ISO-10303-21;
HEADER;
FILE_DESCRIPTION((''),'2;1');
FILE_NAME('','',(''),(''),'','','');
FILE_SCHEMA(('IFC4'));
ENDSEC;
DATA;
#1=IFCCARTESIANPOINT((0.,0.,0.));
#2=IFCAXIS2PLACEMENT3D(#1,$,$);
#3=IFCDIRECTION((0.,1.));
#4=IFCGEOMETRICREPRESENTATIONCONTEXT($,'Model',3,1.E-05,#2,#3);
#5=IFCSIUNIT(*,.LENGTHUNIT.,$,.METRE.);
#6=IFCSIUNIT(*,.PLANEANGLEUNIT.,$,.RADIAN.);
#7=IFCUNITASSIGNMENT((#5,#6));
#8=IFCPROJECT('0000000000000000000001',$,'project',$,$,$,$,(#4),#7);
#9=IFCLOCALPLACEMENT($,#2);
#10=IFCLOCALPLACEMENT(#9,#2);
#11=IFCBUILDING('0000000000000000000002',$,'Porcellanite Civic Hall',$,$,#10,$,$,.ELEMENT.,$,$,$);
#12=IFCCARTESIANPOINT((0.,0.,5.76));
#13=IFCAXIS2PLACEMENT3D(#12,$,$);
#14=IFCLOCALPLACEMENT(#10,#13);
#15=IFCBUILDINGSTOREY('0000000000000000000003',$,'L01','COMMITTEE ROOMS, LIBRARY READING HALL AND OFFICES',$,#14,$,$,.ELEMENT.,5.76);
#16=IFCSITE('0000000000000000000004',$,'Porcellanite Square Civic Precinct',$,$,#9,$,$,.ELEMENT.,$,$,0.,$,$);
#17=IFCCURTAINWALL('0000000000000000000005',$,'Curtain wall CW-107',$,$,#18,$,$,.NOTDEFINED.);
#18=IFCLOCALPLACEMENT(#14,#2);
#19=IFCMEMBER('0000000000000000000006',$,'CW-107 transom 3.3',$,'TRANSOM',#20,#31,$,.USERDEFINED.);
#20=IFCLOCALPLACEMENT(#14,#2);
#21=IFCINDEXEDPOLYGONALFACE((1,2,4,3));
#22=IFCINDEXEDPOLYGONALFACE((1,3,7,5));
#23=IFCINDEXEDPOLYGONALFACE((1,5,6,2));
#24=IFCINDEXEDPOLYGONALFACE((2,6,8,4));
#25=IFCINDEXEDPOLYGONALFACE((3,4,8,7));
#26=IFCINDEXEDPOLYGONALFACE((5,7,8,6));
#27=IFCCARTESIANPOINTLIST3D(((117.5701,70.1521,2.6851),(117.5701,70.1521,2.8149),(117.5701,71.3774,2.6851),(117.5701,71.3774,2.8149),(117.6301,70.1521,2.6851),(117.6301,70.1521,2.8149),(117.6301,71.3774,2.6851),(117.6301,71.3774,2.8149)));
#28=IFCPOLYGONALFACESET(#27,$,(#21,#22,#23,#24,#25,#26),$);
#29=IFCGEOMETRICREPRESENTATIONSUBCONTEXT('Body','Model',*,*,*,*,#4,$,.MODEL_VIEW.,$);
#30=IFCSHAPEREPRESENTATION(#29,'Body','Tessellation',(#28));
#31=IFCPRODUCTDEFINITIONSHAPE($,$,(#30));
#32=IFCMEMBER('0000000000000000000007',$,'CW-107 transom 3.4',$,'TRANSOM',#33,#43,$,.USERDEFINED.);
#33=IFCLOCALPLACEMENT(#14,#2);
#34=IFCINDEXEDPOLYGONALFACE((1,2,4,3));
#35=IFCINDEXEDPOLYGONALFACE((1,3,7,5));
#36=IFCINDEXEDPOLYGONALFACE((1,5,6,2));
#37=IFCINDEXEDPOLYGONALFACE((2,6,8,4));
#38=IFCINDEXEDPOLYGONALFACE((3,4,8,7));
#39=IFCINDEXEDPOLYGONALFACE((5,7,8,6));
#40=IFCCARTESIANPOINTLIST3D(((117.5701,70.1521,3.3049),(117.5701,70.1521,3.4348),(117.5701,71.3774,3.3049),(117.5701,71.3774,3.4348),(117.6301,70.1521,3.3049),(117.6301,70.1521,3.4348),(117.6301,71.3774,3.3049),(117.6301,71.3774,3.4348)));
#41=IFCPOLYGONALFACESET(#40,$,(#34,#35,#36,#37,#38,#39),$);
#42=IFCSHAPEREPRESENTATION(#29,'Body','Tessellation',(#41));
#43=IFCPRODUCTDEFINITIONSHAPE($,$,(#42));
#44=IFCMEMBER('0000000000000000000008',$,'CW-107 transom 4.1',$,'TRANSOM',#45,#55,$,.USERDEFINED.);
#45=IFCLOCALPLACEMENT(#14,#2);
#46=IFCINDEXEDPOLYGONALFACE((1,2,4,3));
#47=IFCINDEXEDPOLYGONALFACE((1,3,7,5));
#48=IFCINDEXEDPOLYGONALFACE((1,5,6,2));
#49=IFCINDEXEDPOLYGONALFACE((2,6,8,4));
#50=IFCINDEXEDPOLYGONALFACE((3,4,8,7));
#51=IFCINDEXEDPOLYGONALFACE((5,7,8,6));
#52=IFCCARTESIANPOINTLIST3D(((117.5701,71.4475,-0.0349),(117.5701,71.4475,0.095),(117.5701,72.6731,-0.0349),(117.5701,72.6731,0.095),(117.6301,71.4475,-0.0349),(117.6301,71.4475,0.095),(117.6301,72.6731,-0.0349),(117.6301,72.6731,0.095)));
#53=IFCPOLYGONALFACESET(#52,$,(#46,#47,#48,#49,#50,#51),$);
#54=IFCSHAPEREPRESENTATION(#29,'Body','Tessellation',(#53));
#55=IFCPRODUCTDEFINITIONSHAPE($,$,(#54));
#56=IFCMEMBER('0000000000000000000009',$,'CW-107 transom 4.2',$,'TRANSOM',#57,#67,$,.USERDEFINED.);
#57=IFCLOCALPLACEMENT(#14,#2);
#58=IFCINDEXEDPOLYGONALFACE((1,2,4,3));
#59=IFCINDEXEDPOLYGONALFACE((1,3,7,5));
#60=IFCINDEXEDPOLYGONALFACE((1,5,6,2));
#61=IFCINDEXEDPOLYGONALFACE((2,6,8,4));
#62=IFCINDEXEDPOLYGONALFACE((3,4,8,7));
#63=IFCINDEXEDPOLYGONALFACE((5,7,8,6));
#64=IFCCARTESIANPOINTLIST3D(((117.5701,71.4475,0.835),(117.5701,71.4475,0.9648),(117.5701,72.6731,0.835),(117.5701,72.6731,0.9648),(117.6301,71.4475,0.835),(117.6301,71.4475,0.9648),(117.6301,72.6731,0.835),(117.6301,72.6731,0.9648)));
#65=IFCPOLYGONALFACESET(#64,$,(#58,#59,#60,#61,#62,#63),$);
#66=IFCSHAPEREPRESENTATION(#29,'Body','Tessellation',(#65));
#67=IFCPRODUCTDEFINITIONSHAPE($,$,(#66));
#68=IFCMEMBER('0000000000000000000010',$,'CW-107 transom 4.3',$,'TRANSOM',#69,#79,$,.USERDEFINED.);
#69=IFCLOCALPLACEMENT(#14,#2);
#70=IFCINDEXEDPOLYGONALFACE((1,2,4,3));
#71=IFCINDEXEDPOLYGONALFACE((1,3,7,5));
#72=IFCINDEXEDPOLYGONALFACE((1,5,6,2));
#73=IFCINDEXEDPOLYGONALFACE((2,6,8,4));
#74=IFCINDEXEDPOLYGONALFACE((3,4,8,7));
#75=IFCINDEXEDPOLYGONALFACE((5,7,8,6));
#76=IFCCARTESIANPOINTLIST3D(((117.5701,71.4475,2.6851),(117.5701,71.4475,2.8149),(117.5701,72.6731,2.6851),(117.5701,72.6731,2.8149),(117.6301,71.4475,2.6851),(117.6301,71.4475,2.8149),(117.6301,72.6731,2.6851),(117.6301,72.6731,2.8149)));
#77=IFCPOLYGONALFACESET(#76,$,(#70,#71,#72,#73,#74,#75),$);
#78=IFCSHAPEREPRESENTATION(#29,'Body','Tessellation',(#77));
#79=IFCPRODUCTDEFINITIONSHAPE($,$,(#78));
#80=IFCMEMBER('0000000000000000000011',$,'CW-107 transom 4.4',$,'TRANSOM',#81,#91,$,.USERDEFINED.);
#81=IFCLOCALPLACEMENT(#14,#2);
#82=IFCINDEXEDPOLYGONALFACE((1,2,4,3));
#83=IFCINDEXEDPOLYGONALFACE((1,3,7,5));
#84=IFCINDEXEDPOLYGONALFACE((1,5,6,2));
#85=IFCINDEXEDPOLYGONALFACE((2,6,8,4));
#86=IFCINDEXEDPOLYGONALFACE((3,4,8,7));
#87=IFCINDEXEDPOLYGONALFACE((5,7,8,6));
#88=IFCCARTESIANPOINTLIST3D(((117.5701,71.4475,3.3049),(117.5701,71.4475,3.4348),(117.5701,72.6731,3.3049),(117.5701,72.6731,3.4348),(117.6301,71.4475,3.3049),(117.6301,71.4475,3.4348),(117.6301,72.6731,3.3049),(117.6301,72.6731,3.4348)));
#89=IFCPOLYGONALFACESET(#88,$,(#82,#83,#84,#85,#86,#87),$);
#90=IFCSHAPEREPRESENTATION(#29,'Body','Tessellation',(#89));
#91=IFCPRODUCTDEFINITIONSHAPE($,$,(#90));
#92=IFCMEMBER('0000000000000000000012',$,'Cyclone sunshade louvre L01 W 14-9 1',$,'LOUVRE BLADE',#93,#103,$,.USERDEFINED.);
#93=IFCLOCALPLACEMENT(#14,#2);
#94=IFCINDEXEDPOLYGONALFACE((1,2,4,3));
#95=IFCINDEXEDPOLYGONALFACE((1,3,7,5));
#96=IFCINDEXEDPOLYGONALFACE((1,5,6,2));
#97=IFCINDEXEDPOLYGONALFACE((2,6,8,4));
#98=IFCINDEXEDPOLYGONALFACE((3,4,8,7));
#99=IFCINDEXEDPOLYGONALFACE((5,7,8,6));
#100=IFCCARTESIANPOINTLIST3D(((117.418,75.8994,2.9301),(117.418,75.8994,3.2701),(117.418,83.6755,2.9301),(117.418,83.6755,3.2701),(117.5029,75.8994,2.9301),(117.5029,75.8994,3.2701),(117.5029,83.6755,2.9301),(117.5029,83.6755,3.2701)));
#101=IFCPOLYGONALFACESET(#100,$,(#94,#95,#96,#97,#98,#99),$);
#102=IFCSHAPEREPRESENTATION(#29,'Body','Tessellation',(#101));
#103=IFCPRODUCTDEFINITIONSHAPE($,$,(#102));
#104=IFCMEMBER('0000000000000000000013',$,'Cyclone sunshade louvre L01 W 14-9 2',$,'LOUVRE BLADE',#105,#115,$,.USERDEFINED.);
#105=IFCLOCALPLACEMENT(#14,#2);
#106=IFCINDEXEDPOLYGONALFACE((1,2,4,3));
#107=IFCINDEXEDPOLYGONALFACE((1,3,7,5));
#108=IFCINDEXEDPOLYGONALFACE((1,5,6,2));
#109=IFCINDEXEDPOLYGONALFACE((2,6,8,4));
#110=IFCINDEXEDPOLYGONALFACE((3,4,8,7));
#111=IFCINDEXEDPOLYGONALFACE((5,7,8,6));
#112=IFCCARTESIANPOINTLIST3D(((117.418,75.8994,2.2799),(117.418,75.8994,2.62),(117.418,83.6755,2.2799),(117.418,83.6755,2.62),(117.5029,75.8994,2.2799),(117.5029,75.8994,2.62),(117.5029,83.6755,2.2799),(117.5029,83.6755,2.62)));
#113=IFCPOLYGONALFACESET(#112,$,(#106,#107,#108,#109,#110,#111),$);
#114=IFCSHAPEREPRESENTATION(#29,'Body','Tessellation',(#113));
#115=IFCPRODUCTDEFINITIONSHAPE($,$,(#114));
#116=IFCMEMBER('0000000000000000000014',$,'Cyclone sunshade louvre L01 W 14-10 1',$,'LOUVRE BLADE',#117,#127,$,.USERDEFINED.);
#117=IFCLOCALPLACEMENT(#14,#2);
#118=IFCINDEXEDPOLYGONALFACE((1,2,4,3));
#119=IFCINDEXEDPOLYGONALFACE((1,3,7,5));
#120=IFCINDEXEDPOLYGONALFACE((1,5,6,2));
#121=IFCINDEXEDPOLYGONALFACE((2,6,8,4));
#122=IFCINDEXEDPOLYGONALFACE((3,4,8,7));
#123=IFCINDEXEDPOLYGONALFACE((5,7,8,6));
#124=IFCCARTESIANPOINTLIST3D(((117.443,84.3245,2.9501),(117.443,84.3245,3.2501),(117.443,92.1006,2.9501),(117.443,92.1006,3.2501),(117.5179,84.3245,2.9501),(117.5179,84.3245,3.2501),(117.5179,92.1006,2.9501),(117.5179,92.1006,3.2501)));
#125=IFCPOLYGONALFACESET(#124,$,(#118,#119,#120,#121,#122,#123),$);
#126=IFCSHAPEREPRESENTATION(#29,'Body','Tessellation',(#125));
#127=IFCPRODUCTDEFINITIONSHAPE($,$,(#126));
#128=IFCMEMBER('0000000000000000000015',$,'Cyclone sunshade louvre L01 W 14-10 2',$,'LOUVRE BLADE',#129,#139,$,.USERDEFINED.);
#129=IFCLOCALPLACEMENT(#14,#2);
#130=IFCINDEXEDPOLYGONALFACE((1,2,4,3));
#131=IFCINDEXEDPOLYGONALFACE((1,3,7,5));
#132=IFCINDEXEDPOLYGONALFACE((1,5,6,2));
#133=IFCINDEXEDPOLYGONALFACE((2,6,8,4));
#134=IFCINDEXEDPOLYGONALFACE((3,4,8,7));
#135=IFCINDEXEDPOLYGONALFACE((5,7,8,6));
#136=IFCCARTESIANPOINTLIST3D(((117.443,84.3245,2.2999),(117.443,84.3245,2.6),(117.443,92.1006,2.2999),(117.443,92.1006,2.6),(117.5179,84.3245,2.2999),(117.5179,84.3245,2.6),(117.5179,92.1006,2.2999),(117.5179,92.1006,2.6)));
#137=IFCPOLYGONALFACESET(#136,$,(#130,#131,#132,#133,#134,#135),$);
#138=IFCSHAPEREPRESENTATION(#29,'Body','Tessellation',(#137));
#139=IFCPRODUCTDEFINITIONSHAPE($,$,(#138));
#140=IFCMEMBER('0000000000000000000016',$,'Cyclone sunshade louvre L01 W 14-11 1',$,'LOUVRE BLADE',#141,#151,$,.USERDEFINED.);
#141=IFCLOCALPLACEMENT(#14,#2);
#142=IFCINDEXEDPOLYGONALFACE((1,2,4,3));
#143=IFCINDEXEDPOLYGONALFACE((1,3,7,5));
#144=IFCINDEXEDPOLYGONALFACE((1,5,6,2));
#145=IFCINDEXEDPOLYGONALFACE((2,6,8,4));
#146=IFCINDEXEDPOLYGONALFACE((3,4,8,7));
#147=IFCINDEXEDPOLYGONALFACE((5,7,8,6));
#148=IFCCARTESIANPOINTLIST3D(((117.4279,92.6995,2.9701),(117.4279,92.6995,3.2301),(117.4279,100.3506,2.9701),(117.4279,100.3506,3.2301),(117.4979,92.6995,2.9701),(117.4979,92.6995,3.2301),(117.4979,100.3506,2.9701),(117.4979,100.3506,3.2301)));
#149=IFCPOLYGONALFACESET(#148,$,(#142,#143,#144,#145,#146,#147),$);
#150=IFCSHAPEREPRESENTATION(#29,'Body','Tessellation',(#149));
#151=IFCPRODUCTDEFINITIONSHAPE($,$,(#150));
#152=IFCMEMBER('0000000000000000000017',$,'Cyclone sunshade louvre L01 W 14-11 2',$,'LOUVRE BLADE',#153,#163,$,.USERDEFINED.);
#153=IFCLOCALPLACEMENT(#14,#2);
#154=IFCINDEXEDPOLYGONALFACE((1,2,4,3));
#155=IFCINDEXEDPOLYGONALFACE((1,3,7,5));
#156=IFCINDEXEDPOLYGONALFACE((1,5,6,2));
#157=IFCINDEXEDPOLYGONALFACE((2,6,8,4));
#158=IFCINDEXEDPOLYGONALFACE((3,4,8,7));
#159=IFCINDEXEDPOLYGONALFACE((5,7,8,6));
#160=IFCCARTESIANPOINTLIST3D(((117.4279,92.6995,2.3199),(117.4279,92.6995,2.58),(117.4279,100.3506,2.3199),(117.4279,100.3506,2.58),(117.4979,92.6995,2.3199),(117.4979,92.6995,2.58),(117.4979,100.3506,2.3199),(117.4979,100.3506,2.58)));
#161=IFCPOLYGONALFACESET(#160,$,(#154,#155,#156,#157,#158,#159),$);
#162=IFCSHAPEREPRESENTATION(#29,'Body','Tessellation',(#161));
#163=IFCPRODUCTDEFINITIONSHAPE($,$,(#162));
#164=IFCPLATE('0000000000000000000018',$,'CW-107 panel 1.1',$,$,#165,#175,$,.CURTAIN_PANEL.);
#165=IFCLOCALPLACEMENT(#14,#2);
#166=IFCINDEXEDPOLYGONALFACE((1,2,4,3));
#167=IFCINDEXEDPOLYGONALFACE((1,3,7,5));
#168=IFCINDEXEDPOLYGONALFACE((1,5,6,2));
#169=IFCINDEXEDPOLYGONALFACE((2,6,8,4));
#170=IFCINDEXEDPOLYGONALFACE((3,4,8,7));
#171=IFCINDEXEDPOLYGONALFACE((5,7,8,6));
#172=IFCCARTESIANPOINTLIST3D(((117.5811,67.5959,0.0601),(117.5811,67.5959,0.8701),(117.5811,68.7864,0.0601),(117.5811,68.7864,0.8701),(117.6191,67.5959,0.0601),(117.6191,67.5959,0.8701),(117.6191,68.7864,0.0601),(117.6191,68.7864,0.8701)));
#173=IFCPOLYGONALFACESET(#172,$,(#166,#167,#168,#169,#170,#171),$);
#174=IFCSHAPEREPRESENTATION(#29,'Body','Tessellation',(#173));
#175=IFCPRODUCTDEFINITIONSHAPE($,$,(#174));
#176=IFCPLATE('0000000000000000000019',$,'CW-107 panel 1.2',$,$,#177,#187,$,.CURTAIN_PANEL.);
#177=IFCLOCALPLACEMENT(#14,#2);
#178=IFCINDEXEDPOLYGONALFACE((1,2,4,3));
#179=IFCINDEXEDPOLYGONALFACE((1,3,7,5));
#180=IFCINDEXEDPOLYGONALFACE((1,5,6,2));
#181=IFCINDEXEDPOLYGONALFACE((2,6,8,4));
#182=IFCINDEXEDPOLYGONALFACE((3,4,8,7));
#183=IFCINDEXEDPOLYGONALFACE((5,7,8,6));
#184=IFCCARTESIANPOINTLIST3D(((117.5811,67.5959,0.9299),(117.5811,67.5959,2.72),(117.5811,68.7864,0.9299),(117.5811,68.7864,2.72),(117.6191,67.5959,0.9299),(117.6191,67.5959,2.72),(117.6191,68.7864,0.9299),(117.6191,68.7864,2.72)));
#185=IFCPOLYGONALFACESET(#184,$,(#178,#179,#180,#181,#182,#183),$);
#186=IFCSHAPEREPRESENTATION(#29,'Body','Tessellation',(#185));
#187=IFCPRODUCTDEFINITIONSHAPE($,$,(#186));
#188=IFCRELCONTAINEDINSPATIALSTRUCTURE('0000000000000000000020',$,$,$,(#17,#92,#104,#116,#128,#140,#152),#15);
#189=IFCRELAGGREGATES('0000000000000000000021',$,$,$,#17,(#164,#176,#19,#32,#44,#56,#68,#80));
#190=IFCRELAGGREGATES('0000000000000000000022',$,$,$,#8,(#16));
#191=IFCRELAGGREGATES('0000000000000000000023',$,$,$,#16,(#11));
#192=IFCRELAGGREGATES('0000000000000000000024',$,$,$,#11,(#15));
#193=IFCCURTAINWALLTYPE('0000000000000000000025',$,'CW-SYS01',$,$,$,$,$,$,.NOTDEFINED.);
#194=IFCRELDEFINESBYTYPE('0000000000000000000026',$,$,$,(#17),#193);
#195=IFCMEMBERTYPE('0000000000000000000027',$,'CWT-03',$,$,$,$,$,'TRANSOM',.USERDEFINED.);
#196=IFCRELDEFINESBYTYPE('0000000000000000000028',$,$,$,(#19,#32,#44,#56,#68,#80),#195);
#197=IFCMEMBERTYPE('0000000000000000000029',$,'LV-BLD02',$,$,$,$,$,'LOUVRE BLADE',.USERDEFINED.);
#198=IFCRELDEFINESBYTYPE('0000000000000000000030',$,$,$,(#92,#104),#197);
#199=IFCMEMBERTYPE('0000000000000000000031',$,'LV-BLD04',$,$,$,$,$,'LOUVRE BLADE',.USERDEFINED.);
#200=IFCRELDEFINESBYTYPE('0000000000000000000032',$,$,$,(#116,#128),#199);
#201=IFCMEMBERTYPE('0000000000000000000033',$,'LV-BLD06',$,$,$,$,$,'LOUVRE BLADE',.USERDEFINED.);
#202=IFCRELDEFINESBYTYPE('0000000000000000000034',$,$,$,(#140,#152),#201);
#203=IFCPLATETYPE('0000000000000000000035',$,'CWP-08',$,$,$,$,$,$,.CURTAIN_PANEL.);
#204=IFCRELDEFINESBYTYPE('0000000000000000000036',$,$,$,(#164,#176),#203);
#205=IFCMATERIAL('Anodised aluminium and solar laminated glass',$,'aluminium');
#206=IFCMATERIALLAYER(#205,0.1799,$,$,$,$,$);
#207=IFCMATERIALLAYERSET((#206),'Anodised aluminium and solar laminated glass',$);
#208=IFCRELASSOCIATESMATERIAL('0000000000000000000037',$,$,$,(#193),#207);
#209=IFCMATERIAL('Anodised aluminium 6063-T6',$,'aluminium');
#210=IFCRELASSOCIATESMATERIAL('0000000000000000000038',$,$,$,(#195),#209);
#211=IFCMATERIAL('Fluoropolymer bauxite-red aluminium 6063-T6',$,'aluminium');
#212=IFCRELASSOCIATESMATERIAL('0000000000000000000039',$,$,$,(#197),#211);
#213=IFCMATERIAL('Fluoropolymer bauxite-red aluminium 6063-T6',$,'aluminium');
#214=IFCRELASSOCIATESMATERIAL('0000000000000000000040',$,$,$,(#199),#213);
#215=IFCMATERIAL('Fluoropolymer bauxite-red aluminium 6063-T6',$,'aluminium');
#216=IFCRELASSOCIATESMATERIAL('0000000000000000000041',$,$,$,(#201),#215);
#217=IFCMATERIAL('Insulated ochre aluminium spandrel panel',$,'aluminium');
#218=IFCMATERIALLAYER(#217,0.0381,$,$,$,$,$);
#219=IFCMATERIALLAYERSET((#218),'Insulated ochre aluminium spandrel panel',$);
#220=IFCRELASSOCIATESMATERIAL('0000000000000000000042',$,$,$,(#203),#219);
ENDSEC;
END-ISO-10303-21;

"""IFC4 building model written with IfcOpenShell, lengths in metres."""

from ifc_helpers import new_model, si_unit, direction, frame, origin, origin_2d, place, context, subcontext, project, spatial, rectangle, extrude, material, layer, layer_set, material_profile, profile_set, type_object, element, aggregate, save


model = new_model("IFC4")

# Units and contexts
model_context = context("Model", 3, precision=1e-05, world=origin(), true_north=direction((0.0, 1.0)))
body_context = subcontext(model_context, "Body", "Model", "MODEL_VIEW")
ifc_project = project(units=[si_unit("LENGTHUNIT", "METRE"), si_unit("PLANEANGLEUNIT", "RADIAN")], contexts=[model_context])

# Site, building, storey
site_placement = place(None, origin())
site = spatial("IfcSite", under=ifc_project, at=site_placement, Name="Porcellanite Square Civic Precinct", CompositionType="ELEMENT", RefElevation=0.0)
building_placement = place(site_placement, origin())
building = spatial("IfcBuilding", under=site, at=building_placement, Name="Porcellanite Civic Hall", CompositionType="ELEMENT")
storey_placement = place(building_placement, frame((0.0, 0.0, 5.76)))
storey = spatial("IfcBuildingStorey", under=building, at=storey_placement, Name="L01", Description="COMMITTEE ROOMS, LIBRARY READING HALL AND OFFICES", CompositionType="ELEMENT", Elevation=5.76)

# Curtain wall, members
ifc_material_1 = material(Name="Anodised aluminium and solar laminated glass", Category="aluminium")
ifc_layer_1 = layer(ifc_material_1, 0.1799)
ifc_layer_set_1 = layer_set([ifc_layer_1], Name="Anodised aluminium and solar laminated glass")
curtain_wall_type = type_object("IfcCurtainWallType", Name="CW-SYS01", PredefinedType="NOTDEFINED", material=ifc_layer_set_1)
curtain_wall_placement = place(storey_placement, origin())
curtain_wall = element("IfcCurtainWall", 1, at=curtain_wall_placement, inside=storey, type_object=curtain_wall_type, Name="Curtain wall CW-107", PredefinedType="NOTDEFINED")
ifc_material_2 = material(Name="Anodised aluminium 6063-T6", Category="aluminium")
ifc_material_profile_1 = material_profile(ifc_material_2, rectangle(XDim=0.0601, YDim=0.1299, at=origin_2d()), Name="AL-60x130")
ifc_profile_set_1 = profile_set([ifc_material_profile_1], Name="Anodised aluminium 6063-T6")
member_type_1 = type_object("IfcMemberType", Name="CWT-03", ElementType="TRANSOM", PredefinedType="USERDEFINED", material=ifc_profile_set_1)
member_1_placement = place(storey_placement, frame((117.6001, 70.1521, 2.75), z_axis=(0.0, 1.0, 0.0), x_axis=(-1.0, 0.0, 0.0)))
member_1 = element("IfcMember", 2, at=member_1_placement, type_object=member_type_1, Name="CW-107 transom 3.3", ObjectType="TRANSOM", PredefinedType="USERDEFINED", context=body_context, shape_type="SweptSolid", body=[
    extrude(rectangle(XDim=0.0601, YDim=0.1299, at=origin_2d()), origin(), (0.0, 0.0, 1.0), 1.2253),
])
member_2_placement = place(storey_placement, frame((117.6001, 70.1521, 3.3699), z_axis=(0.0, 1.0, 0.0), x_axis=(-1.0, 0.0, 0.0)))
member_2 = element("IfcMember", 3, at=member_2_placement, type_object=member_type_1, Name="CW-107 transom 3.4", ObjectType="TRANSOM", PredefinedType="USERDEFINED", context=body_context, shape_type="SweptSolid", body=[
    extrude(rectangle(XDim=0.0601, YDim=0.1299, at=origin_2d()), origin(), (0.0, 0.0, 1.0), 1.2253),
])
member_3_placement = place(storey_placement, frame((117.6001, 71.4475, 0.03), z_axis=(0.0, 1.0, 0.0), x_axis=(-1.0, 0.0, 0.0)))
member_3 = element("IfcMember", 4, at=member_3_placement, type_object=member_type_1, Name="CW-107 transom 4.1", ObjectType="TRANSOM", PredefinedType="USERDEFINED", context=body_context, shape_type="SweptSolid", body=[
    extrude(rectangle(XDim=0.0601, YDim=0.1299, at=origin_2d()), origin(), (0.0, 0.0, 1.0), 1.2256),
])
member_4_placement = place(storey_placement, frame((117.6001, 71.4475, 0.8999), z_axis=(0.0, 1.0, 0.0), x_axis=(-1.0, 0.0, 0.0)))
member_4 = element("IfcMember", 5, at=member_4_placement, type_object=member_type_1, Name="CW-107 transom 4.2", ObjectType="TRANSOM", PredefinedType="USERDEFINED", context=body_context, shape_type="SweptSolid", body=[
    extrude(rectangle(XDim=0.0601, YDim=0.1299, at=origin_2d()), origin(), (0.0, 0.0, 1.0), 1.2256),
])
member_5_placement = place(storey_placement, frame((117.6001, 71.4475, 2.75), z_axis=(0.0, 1.0, 0.0), x_axis=(-1.0, 0.0, 0.0)))
member_5 = element("IfcMember", 6, at=member_5_placement, type_object=member_type_1, Name="CW-107 transom 4.3", ObjectType="TRANSOM", PredefinedType="USERDEFINED", context=body_context, shape_type="SweptSolid", body=[
    extrude(rectangle(XDim=0.0601, YDim=0.1299, at=origin_2d()), origin(), (0.0, 0.0, 1.0), 1.2256),
])
member_6_placement = place(storey_placement, frame((117.6001, 71.4475, 3.3699), z_axis=(0.0, 1.0, 0.0), x_axis=(-1.0, 0.0, 0.0)))
member_6 = element("IfcMember", 7, at=member_6_placement, type_object=member_type_1, Name="CW-107 transom 4.4", ObjectType="TRANSOM", PredefinedType="USERDEFINED", context=body_context, shape_type="SweptSolid", body=[
    extrude(rectangle(XDim=0.0601, YDim=0.1299, at=origin_2d()), origin(), (0.0, 0.0, 1.0), 1.2256),
])

# Members
ifc_material_3 = material(Name="Fluoropolymer bauxite-red aluminium 6063-T6", Category="aluminium")
ifc_material_profile_2 = material_profile(ifc_material_3, rectangle(XDim=0.085, YDim=0.3401, at=origin_2d()), Name="AL-85x340")
ifc_profile_set_2 = profile_set([ifc_material_profile_2], Name="Fluoropolymer bauxite-red aluminium 6063-T6")
member_type_2 = type_object("IfcMemberType", Name="LV-BLD02", ElementType="LOUVRE BLADE", PredefinedType="USERDEFINED", material=ifc_profile_set_2)
for number, where, z_axis, x_axis, name in (
    (8, (117.4604, 75.8994, 3.1001), (0.0, 1.0, 0.0), (-1.0, 0.0, 0.0), "Cyclone sunshade louvre L01 W 14-9 1"),
    (9, (117.4604, 75.8994, 2.45), (0.0, 1.0, 0.0), (-1.0, 0.0, 0.0), "Cyclone sunshade louvre L01 W 14-9 2"),
):
    element("IfcMember", number, at=place(storey_placement, frame(where, z_axis=z_axis, x_axis=x_axis)), inside=storey, type_object=member_type_2, Name=name, ObjectType="LOUVRE BLADE", PredefinedType="USERDEFINED", context=body_context, shape_type="SweptSolid", body=[
        extrude(rectangle(XDim=0.085, YDim=0.3401, at=origin_2d()), origin(), (0.0, 0.0, 1.0), 7.7761),
    ])
ifc_material_4 = material(Name="Fluoropolymer bauxite-red aluminium 6063-T6", Category="aluminium")
ifc_material_profile_3 = material_profile(ifc_material_4, rectangle(XDim=0.075, YDim=0.3, at=origin_2d()), Name="AL-75x300")
ifc_profile_set_3 = profile_set([ifc_material_profile_3], Name="Fluoropolymer bauxite-red aluminium 6063-T6")
member_type_3 = type_object("IfcMemberType", Name="LV-BLD04", ElementType="LOUVRE BLADE", PredefinedType="USERDEFINED", material=ifc_profile_set_3)
for number, where, z_axis, x_axis, name in (
    (10, (117.4805, 84.3245, 3.1001), (0.0, 1.0, 0.0), (-1.0, 0.0, 0.0), "Cyclone sunshade louvre L01 W 14-10 1"),
    (11, (117.4805, 84.3245, 2.45), (0.0, 1.0, 0.0), (-1.0, 0.0, 0.0), "Cyclone sunshade louvre L01 W 14-10 2"),
):
    element("IfcMember", number, at=place(storey_placement, frame(where, z_axis=z_axis, x_axis=x_axis)), inside=storey, type_object=member_type_3, Name=name, ObjectType="LOUVRE BLADE", PredefinedType="USERDEFINED", context=body_context, shape_type="SweptSolid", body=[
        extrude(rectangle(XDim=0.075, YDim=0.3, at=origin_2d()), origin(), (0.0, 0.0, 1.0), 7.7761),
    ])
ifc_material_5 = material(Name="Fluoropolymer bauxite-red aluminium 6063-T6", Category="aluminium")
ifc_material_profile_4 = material_profile(ifc_material_5, rectangle(XDim=0.0701, YDim=0.26, at=origin_2d()), Name="AL-70x260")
ifc_profile_set_4 = profile_set([ifc_material_profile_4], Name="Fluoropolymer bauxite-red aluminium 6063-T6")
member_type_4 = type_object("IfcMemberType", Name="LV-BLD06", ElementType="LOUVRE BLADE", PredefinedType="USERDEFINED", material=ifc_profile_set_4)
for number, where, z_axis, x_axis, name in (
    (12, (117.4629, 92.6995, 3.1001), (0.0, 1.0, 0.0), (-1.0, 0.0, 0.0), "Cyclone sunshade louvre L01 W 14-11 1"),
    (13, (117.4629, 92.6995, 2.45), (0.0, 1.0, 0.0), (-1.0, 0.0, 0.0), "Cyclone sunshade louvre L01 W 14-11 2"),
):
    element("IfcMember", number, at=place(storey_placement, frame(where, z_axis=z_axis, x_axis=x_axis)), inside=storey, type_object=member_type_4, Name=name, ObjectType="LOUVRE BLADE", PredefinedType="USERDEFINED", context=body_context, shape_type="SweptSolid", body=[
        extrude(rectangle(XDim=0.0701, YDim=0.26, at=origin_2d()), origin(), (0.0, 0.0, 1.0), 7.6511),
    ])

# Plates
ifc_material_6 = material(Name="Insulated ochre aluminium spandrel panel", Category="aluminium")
ifc_layer_2 = layer(ifc_material_6, 0.0381)
ifc_layer_set_2 = layer_set([ifc_layer_2], Name="Insulated ochre aluminium spandrel panel")
plate_type = type_object("IfcPlateType", Name="CWP-08", PredefinedType="CURTAIN_PANEL", material=ifc_layer_set_2)
plate_1_placement = place(storey_placement, frame((117.6001, 68.1912, 0.0601), z_axis=(0.0, 0.0, 1.0), x_axis=(0.0, 1.0, 0.0)))
plate_1 = element("IfcPlate", 14, at=plate_1_placement, type_object=plate_type, Name="CW-107 panel 1.1", PredefinedType="CURTAIN_PANEL", context=body_context, shape_type="SweptSolid", body=[
    extrude(rectangle(XDim=1.1904, YDim=0.0381, at=origin_2d()), origin(), (0.0, 0.0, 1.0), 0.8101),
])
plate_2_placement = place(storey_placement, frame((117.6001, 68.1912, 0.9299), z_axis=(0.0, 0.0, 1.0), x_axis=(0.0, 1.0, 0.0)))
plate_2 = element("IfcPlate", 15, at=plate_2_placement, type_object=plate_type, Name="CW-107 panel 1.2", PredefinedType="CURTAIN_PANEL", context=body_context, shape_type="SweptSolid", body=[
    extrude(rectangle(XDim=1.1904, YDim=0.0381, at=origin_2d()), origin(), (0.0, 0.0, 1.0), 1.79),
])
aggregate(curtain_wall, [plate_1, plate_2, member_1, member_2, member_3, member_4, member_5, member_6])

save(model, "model.ifc")
